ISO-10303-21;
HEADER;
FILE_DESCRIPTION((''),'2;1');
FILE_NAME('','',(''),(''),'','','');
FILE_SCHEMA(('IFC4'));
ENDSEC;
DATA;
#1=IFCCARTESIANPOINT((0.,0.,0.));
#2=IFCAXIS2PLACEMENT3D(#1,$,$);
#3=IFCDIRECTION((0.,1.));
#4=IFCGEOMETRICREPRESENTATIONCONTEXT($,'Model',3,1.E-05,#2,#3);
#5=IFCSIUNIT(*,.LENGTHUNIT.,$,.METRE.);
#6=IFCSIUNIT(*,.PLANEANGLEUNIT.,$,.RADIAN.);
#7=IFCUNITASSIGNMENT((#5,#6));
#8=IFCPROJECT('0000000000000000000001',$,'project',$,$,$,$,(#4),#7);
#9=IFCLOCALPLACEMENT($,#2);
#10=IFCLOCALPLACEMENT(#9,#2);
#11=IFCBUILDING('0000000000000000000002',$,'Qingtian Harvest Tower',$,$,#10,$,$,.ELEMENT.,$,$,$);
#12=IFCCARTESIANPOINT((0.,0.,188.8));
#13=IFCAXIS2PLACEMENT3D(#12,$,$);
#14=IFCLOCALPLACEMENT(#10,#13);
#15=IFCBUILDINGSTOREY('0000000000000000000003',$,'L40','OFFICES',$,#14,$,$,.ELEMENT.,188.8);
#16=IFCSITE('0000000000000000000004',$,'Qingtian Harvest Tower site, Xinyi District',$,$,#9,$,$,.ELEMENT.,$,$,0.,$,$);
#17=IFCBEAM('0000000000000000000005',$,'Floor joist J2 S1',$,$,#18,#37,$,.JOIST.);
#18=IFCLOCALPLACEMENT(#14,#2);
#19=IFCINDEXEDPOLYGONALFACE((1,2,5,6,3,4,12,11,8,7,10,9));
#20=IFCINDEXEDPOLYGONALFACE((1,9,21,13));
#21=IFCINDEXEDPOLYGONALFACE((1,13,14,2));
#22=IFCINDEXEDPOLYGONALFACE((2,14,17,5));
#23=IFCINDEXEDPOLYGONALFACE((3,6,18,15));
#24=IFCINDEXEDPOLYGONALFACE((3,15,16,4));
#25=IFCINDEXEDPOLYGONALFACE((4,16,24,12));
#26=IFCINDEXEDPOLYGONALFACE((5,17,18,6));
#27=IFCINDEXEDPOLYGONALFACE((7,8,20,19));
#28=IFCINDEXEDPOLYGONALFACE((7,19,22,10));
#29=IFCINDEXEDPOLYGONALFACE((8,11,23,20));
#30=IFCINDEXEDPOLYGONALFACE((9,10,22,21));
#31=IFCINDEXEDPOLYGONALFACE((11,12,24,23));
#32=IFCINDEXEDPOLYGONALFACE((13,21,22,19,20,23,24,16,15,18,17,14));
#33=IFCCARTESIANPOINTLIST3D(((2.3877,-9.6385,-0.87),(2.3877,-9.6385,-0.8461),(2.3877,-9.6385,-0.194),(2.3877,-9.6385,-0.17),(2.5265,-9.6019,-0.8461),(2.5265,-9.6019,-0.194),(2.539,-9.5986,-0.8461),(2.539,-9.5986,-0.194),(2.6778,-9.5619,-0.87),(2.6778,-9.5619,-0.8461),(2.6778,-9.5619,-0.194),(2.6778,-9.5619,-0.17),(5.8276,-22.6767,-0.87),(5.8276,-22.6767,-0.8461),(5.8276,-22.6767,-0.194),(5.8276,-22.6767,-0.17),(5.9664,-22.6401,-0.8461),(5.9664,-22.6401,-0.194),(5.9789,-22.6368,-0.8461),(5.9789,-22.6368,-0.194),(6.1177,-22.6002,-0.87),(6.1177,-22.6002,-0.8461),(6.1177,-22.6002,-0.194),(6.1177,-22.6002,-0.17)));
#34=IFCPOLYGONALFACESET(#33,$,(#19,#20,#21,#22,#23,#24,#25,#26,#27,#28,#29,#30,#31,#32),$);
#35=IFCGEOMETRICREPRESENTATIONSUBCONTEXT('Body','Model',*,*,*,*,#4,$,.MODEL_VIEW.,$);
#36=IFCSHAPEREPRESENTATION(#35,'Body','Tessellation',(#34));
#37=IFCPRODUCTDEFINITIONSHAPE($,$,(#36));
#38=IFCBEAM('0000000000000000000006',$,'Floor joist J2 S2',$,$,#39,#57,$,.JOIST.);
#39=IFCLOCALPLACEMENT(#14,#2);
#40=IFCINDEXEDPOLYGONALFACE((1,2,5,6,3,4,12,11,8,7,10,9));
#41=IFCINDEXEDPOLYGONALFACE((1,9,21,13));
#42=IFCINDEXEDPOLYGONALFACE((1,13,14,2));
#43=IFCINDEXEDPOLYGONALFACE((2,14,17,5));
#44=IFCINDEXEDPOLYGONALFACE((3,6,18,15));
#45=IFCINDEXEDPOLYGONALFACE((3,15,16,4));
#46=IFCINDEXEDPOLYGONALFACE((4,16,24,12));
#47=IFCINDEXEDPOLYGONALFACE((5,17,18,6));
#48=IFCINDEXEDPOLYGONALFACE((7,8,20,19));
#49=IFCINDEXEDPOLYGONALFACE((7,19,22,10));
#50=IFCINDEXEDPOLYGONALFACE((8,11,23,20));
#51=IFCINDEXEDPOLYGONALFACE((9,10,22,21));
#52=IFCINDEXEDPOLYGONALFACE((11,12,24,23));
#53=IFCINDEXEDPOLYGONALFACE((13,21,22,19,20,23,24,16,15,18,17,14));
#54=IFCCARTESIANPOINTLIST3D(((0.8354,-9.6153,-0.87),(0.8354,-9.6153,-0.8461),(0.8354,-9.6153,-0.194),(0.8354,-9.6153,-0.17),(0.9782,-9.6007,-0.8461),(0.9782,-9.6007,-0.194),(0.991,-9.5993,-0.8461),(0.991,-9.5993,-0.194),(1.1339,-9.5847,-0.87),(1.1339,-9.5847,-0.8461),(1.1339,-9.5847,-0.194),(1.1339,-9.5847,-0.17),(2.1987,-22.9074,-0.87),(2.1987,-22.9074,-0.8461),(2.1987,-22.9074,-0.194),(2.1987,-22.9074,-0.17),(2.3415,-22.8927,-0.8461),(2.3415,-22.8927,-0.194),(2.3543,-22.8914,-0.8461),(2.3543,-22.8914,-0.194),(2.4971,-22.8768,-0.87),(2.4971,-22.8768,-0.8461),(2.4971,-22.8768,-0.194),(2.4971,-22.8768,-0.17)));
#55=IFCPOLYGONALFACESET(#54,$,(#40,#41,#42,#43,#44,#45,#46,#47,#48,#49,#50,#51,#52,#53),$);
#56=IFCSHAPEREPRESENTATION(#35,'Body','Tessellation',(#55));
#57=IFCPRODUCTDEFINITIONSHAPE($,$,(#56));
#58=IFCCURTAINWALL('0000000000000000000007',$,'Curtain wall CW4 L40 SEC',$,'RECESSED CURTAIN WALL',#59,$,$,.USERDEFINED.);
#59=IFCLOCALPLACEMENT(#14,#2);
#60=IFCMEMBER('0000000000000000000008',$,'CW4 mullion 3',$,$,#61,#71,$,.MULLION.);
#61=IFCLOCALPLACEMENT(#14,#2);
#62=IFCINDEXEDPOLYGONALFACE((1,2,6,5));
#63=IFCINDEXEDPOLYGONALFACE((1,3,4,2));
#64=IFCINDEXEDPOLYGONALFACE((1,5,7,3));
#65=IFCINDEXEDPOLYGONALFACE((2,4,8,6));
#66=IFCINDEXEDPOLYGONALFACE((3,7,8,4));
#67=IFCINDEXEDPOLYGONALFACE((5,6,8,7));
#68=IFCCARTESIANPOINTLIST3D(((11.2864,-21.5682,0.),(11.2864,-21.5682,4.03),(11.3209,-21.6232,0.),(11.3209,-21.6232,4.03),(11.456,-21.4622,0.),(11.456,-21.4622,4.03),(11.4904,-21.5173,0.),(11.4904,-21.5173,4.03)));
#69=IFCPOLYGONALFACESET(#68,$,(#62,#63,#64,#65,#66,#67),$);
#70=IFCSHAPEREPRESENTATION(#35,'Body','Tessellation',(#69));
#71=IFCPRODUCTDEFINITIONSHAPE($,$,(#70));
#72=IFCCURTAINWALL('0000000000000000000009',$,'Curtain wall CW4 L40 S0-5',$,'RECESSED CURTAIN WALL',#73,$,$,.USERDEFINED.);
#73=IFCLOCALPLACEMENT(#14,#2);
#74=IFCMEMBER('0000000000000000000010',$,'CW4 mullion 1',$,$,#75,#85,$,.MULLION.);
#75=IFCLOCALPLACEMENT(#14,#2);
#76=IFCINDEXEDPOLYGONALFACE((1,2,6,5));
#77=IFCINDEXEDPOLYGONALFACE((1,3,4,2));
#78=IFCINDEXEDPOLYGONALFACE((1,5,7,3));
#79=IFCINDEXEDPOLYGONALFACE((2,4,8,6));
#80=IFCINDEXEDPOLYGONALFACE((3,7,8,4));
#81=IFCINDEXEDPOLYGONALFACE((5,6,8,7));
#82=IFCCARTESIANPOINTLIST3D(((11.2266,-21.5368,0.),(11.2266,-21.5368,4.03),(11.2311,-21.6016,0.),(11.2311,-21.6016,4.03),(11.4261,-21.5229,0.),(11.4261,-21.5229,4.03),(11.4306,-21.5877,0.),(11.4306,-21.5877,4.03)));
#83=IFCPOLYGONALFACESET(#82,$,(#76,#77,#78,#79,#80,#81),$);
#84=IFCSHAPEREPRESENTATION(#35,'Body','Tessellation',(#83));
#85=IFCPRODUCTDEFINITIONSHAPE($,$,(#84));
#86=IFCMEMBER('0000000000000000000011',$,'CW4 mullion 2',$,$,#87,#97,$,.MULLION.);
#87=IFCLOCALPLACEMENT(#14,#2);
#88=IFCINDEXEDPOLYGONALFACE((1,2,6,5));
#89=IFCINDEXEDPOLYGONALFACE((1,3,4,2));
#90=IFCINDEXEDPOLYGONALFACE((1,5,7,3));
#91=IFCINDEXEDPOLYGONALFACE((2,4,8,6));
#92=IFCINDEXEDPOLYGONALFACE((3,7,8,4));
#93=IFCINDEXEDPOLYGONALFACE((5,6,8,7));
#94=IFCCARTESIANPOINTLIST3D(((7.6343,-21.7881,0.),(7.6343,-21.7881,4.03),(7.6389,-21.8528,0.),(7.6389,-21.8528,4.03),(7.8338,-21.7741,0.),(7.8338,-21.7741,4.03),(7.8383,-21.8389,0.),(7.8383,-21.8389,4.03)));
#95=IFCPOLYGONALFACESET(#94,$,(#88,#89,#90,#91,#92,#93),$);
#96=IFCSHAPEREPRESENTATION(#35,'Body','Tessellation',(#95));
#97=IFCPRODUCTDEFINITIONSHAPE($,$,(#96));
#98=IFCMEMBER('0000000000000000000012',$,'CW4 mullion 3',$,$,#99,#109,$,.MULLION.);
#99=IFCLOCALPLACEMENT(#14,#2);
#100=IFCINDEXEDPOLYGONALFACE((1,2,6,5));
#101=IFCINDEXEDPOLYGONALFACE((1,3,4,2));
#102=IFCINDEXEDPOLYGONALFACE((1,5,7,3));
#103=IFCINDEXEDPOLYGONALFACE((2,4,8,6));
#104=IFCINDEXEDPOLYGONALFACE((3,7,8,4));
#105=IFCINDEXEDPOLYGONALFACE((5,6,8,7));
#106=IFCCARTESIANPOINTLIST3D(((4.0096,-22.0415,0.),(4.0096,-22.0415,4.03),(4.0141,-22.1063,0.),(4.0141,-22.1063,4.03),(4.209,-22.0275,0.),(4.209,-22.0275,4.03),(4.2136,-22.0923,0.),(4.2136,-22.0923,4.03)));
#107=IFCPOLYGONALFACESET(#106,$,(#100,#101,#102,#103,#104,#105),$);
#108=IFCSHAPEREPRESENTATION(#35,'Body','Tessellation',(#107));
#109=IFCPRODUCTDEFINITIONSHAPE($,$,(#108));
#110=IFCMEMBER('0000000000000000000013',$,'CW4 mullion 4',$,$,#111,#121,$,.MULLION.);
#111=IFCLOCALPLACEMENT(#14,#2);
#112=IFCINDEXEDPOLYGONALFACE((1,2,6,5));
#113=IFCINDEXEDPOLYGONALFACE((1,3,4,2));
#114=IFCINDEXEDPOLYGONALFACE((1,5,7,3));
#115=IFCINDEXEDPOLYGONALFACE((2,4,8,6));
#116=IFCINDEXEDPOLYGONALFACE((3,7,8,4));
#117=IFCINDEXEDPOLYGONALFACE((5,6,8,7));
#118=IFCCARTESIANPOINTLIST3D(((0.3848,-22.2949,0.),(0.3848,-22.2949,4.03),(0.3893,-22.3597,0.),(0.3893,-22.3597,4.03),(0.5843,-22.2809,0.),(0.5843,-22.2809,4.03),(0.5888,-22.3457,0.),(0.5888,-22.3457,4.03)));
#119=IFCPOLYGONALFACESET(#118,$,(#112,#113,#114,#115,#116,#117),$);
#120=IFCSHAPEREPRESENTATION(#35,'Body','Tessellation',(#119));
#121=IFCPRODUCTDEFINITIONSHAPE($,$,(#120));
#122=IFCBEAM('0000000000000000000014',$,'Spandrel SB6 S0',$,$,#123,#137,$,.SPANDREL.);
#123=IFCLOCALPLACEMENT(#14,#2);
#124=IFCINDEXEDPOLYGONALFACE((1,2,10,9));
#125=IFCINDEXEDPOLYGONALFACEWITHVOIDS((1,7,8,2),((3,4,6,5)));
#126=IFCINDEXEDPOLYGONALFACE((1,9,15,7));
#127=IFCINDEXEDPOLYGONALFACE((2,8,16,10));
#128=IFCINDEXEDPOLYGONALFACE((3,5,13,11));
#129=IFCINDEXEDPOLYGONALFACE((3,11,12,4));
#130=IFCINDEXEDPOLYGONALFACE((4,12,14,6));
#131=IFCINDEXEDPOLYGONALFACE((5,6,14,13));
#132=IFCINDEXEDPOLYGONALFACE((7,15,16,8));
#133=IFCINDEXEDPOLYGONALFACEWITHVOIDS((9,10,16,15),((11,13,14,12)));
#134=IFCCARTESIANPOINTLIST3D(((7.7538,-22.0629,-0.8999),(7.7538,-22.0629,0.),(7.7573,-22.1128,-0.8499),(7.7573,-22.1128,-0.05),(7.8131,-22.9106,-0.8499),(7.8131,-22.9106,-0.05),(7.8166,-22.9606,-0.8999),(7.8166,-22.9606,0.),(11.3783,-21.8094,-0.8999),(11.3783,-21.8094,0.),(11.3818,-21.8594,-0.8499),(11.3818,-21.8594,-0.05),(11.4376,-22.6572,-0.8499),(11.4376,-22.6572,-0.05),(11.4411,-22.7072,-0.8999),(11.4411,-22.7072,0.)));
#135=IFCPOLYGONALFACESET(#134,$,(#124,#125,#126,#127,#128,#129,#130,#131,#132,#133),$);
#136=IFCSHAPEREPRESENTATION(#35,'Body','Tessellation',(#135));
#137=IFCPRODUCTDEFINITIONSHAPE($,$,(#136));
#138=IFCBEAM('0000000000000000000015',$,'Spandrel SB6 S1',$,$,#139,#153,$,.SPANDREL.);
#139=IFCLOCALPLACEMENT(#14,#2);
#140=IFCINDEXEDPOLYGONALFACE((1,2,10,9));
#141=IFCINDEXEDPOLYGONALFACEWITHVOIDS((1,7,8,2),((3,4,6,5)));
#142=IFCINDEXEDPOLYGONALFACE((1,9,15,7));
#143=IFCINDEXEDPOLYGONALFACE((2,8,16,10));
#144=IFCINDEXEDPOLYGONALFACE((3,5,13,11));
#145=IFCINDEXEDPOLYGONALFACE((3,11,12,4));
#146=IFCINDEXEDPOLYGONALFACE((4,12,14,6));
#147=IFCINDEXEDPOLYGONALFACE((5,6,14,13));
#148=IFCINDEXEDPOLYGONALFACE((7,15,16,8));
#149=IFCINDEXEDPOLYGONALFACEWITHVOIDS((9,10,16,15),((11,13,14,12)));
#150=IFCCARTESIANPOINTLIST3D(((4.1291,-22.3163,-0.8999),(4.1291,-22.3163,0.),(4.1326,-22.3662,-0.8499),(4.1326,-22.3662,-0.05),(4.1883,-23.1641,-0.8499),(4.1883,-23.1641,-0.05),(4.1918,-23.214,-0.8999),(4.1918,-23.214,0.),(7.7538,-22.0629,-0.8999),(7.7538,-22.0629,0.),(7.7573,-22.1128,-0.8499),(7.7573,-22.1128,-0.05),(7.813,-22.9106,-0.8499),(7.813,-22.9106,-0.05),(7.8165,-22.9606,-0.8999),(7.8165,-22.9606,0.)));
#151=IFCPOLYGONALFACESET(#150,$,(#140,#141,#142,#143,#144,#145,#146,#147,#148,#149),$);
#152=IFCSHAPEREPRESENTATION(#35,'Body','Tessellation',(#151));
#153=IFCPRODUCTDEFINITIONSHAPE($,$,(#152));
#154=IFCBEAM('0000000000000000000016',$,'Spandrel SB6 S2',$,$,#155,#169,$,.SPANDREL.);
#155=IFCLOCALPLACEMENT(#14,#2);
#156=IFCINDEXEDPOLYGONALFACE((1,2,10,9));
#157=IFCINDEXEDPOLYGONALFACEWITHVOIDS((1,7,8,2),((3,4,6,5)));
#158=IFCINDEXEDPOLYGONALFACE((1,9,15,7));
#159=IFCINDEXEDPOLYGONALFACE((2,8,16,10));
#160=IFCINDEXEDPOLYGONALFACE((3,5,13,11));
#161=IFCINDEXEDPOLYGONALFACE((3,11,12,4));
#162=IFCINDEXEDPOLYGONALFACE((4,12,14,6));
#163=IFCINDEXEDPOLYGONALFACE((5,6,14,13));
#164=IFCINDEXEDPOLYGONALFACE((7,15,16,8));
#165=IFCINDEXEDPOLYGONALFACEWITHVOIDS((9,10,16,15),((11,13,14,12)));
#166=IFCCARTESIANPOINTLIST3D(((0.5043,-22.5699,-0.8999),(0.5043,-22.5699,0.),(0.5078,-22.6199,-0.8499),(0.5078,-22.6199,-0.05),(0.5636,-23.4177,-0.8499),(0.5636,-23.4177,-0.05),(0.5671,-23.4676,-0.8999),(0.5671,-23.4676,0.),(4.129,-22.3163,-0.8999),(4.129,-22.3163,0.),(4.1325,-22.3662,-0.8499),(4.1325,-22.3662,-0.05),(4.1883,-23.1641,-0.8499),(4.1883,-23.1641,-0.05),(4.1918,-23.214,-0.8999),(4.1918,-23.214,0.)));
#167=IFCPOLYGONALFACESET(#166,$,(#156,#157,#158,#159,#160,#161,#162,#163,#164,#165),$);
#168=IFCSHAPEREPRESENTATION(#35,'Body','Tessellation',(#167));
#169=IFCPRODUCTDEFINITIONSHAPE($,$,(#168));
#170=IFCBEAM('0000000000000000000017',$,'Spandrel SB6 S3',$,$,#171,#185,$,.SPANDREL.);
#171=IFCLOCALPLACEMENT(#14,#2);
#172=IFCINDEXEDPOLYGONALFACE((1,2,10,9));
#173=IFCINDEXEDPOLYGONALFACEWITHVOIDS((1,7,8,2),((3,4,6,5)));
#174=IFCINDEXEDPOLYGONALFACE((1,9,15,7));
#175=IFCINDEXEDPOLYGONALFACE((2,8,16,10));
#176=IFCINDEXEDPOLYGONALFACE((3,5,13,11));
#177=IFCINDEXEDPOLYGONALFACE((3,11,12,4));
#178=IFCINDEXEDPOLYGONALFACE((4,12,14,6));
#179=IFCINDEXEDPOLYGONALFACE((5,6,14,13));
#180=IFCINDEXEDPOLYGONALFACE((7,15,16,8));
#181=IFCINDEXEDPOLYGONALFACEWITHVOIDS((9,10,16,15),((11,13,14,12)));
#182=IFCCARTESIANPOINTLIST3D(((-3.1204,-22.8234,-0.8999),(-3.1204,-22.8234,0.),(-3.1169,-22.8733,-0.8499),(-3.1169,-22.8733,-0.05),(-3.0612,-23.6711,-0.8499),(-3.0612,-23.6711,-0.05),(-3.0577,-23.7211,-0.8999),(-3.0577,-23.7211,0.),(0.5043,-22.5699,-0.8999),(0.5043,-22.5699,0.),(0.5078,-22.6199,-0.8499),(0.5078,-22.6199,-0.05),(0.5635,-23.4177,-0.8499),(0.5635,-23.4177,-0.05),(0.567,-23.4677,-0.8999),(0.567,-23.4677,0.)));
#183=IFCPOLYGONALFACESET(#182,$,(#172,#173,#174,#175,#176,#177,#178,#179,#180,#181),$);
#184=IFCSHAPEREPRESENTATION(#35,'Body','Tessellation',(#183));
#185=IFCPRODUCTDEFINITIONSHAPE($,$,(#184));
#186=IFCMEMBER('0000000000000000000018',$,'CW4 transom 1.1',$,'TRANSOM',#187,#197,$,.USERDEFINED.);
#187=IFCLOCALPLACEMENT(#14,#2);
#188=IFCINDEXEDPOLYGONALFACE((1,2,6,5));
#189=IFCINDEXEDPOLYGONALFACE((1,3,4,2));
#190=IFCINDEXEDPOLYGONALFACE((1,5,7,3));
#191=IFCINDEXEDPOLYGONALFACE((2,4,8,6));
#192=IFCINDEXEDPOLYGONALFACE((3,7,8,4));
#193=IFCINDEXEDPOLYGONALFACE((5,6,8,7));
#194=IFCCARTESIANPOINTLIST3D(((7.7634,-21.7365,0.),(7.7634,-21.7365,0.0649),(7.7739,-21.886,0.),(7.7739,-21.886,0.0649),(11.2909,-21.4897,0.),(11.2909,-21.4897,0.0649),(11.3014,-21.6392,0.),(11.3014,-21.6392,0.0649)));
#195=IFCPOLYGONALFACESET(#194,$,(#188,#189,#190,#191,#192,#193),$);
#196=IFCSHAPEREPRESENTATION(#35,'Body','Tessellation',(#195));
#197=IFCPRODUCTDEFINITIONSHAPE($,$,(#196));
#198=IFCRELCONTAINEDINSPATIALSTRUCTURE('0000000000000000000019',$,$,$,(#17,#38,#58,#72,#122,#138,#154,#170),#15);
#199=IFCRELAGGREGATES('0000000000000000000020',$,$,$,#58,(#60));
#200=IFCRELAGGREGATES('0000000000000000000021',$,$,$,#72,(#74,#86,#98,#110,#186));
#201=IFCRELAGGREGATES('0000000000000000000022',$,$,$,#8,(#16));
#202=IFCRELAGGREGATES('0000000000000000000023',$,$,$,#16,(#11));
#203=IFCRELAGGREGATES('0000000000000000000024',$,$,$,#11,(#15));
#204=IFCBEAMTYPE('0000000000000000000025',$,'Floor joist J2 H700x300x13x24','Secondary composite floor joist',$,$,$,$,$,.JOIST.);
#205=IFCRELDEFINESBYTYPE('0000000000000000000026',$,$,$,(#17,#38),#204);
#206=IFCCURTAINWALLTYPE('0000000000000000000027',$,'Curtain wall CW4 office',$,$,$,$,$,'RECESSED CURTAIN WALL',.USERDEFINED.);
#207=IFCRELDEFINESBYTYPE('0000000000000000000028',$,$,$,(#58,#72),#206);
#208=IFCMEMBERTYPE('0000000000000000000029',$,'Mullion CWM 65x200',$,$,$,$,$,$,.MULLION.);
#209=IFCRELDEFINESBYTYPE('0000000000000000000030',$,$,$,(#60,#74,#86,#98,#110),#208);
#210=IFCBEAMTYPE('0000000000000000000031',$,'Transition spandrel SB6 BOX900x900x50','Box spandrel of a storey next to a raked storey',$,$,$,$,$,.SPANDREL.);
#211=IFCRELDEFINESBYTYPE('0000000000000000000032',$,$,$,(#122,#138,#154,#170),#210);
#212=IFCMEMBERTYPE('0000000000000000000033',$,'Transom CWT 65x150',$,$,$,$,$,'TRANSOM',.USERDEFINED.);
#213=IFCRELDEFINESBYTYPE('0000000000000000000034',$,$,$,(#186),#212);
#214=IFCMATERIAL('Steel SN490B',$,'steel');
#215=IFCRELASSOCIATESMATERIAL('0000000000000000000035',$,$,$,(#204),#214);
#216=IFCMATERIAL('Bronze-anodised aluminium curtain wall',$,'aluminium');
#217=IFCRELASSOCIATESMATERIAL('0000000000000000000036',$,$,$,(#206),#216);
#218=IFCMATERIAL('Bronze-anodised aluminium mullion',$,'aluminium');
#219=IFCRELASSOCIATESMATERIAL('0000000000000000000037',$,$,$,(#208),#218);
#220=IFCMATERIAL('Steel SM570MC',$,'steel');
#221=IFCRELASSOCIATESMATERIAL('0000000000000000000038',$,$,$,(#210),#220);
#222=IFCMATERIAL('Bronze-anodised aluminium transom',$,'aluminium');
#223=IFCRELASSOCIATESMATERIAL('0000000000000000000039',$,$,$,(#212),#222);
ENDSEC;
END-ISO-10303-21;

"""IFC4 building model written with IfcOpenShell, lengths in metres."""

from ifc_helpers import new_model, si_unit, direction, frame, origin, origin_2d, place, context, subcontext, project, spatial, rectangle, hollow_rectangle, i_section, extrude, material, material_profile, profile_set, type_object, element, aggregate, save


model = new_model("IFC4")

# Units and contexts
model_context = context("Model", 3, precision=1e-05, world=origin(), true_north=direction((0.0, 1.0)))
body_context = subcontext(model_context, "Body", "Model", "MODEL_VIEW")
ifc_project = project(units=[si_unit("LENGTHUNIT", "METRE"), si_unit("PLANEANGLEUNIT", "RADIAN")], contexts=[model_context])

# Site, building, storey
site_placement = place(None, origin())
site = spatial("IfcSite", under=ifc_project, at=site_placement, Name="Qingtian Harvest Tower site, Xinyi District", CompositionType="ELEMENT", RefElevation=0.0)
building_placement = place(site_placement, origin())
building = spatial("IfcBuilding", under=site, at=building_placement, Name="Qingtian Harvest Tower", CompositionType="ELEMENT")
storey_placement = place(building_placement, frame((0.0, 0.0, 188.8)))
storey = spatial("IfcBuildingStorey", under=building, at=storey_placement, Name="L40", Description="OFFICES", CompositionType="ELEMENT", Elevation=188.8)

# Beams
ifc_material_1 = material(Name="Steel SN490B", Category="steel")
ifc_material_profile_1 = material_profile(ifc_material_1, i_section(OverallWidth=0.3, OverallDepth=0.7, WebThickness=0.0129, FlangeThickness=0.0239, at=origin_2d()), Name="H700x300x13x24")
ifc_profile_set_1 = profile_set([ifc_material_profile_1], Name="Steel SN490B")
beam_type_1 = type_object("IfcBeamType", Name="Floor joist J2 H700x300x13x24", Description="Secondary composite floor joist", PredefinedType="JOIST", material=ifc_profile_set_1)
beam_1_placement = place(storey_placement, frame((5.9727, -22.6384, -0.52), z_axis=(-0.255104, 0.966914, 0.0), x_axis=(-0.966914, -0.255104, 0.0)))
element("IfcBeam", 1, at=beam_1_placement, inside=storey, type_object=beam_type_1, Name="Floor joist J2 S1", PredefinedType="JOIST", context=body_context, shape_type="SweptSolid", body=[
    extrude(i_section(OverallWidth=0.3, OverallDepth=0.7, WebThickness=0.0129, FlangeThickness=0.0239, at=origin_2d()), origin(), (0.0, 0.0, 1.0), 13.4844),
])
beam_2_placement = place(storey_placement, frame((2.3479, -22.8921, -0.52), z_axis=(-0.102029, 0.994781, 0.0), x_axis=(-0.994781, -0.102029, 0.0)))
element("IfcBeam", 2, at=beam_2_placement, inside=storey, type_object=beam_type_1, Name="Floor joist J2 S2", PredefinedType="JOIST", context=body_context, shape_type="SweptSolid", body=[
    extrude(i_section(OverallWidth=0.3, OverallDepth=0.7, WebThickness=0.0129, FlangeThickness=0.0239, at=origin_2d()), origin(), (0.0, 0.0, 1.0), 13.3618),
])

# Curtain wall, member
ifc_material_2 = material(Name="Bronze-anodised aluminium curtain wall", Category="aluminium")
curtain_wall_type = type_object("IfcCurtainWallType", Name="Curtain wall CW4 office", ElementType="RECESSED CURTAIN WALL", PredefinedType="USERDEFINED", material=ifc_material_2)
curtain_wall_1_placement = place(storey_placement, origin())
curtain_wall_1 = element("IfcCurtainWall", 3, at=curtain_wall_1_placement, inside=storey, type_object=curtain_wall_type, Name="Curtain wall CW4 L40 SEC", ObjectType="RECESSED CURTAIN WALL", PredefinedType="USERDEFINED")
ifc_material_3 = material(Name="Bronze-anodised aluminium mullion", Category="aluminium")
ifc_material_profile_2 = material_profile(ifc_material_3, rectangle(XDim=0.0649, YDim=0.2, at=origin_2d()), Name="AL 65x200")
ifc_profile_set_2 = profile_set([ifc_material_profile_2], Name="Bronze-anodised aluminium mullion")
member_type_1 = type_object("IfcMemberType", Name="Mullion CWM 65x200", PredefinedType="MULLION", material=ifc_profile_set_2)
member_1_placement = place(storey_placement, frame((11.3884, -21.5427, 0.0), z_axis=(0.0, 0.0, 1.0), x_axis=(0.529919, -0.848048, 0.0)))
member_1 = element("IfcMember", 4, at=member_1_placement, type_object=member_type_1, Name="CW4 mullion 3", PredefinedType="MULLION", context=body_context, shape_type="SweptSolid", body=[
    extrude(rectangle(XDim=0.0649, YDim=0.2, at=origin_2d()), origin(), (0.0, 0.0, 1.0), 4.03),
])
aggregate(curtain_wall_1, [member_1])

# Curtain wall, members
curtain_wall_2_placement = place(storey_placement, origin())
curtain_wall_2 = element("IfcCurtainWall", 5, at=curtain_wall_2_placement, inside=storey, type_object=curtain_wall_type, Name="Curtain wall CW4 L40 S0-5", ObjectType="RECESSED CURTAIN WALL", PredefinedType="USERDEFINED")
member_2_placement = place(storey_placement, frame((11.3286, -21.5623, 0.0), z_axis=(0.0, 0.0, 1.0), x_axis=(0.069756, -0.997564, 0.0)))
member_2 = element("IfcMember", 6, at=member_2_placement, type_object=member_type_1, Name="CW4 mullion 1", PredefinedType="MULLION", context=body_context, shape_type="SweptSolid", body=[
    extrude(rectangle(XDim=0.0649, YDim=0.2, at=origin_2d()), origin(), (0.0, 0.0, 1.0), 4.03),
])
member_3_placement = place(storey_placement, frame((7.7363, -21.8135, 0.0), z_axis=(0.0, 0.0, 1.0), x_axis=(0.069756, -0.997564, 0.0)))
member_3 = element("IfcMember", 7, at=member_3_placement, type_object=member_type_1, Name="CW4 mullion 2", PredefinedType="MULLION", context=body_context, shape_type="SweptSolid", body=[
    extrude(rectangle(XDim=0.0649, YDim=0.2, at=origin_2d()), origin(), (0.0, 0.0, 1.0), 4.03),
])
member_4_placement = place(storey_placement, frame((4.1116, -22.0669, 0.0), z_axis=(0.0, 0.0, 1.0), x_axis=(0.069756, -0.997564, 0.0)))
member_4 = element("IfcMember", 8, at=member_4_placement, type_object=member_type_1, Name="CW4 mullion 3", PredefinedType="MULLION", context=body_context, shape_type="SweptSolid", body=[
    extrude(rectangle(XDim=0.0649, YDim=0.2, at=origin_2d()), origin(), (0.0, 0.0, 1.0), 4.03),
])
member_5_placement = place(storey_placement, frame((0.4868, -22.3203, 0.0), z_axis=(0.0, 0.0, 1.0), x_axis=(0.069756, -0.997564, 0.0)))
member_5 = element("IfcMember", 9, at=member_5_placement, type_object=member_type_1, Name="CW4 mullion 4", PredefinedType="MULLION", context=body_context, shape_type="SweptSolid", body=[
    extrude(rectangle(XDim=0.0649, YDim=0.2, at=origin_2d()), origin(), (0.0, 0.0, 1.0), 4.03),
])

# Beams
ifc_material_4 = material(Name="Steel SM570MC", Category="steel")
ifc_material_profile_3 = material_profile(ifc_material_4, hollow_rectangle(XDim=0.8999, YDim=0.8999, WallThickness=0.05, at=origin_2d()), Name="BOX900x900x50")
ifc_profile_set_3 = profile_set([ifc_material_profile_3], Name="Steel SM570MC")
beam_type_2 = type_object("IfcBeamType", Name="Transition spandrel SB6 BOX900x900x50", Description="Box spandrel of a storey next to a raked storey", PredefinedType="SPANDREL", material=ifc_profile_set_3)
beam_3_placement = place(storey_placement, frame((11.4097, -22.2583, -0.45), z_axis=(-0.997565, -0.069748, 0.0), x_axis=(0.069748, -0.997565, 0.0)))
element("IfcBeam", 10, at=beam_3_placement, inside=storey, type_object=beam_type_2, Name="Spandrel SB6 S0", PredefinedType="SPANDREL", context=body_context, shape_type="SweptSolid", body=[
    extrude(hollow_rectangle(XDim=0.8999, YDim=0.8999, WallThickness=0.05, at=origin_2d()), origin(), (0.0, 0.0, 1.0), 3.6333),
])
for number, where, z_axis, x_axis, name in (
    (11, (7.7852, -22.5117, -0.45), (-0.997565, -0.069743, 0.0), (0.069743, -0.997565, 0.0), "Spandrel SB6 S1"),
    (12, (4.1604, -22.7651, -0.45), (-0.99756, -0.06981, 0.0), (0.06981, -0.99756, 0.0), "Spandrel SB6 S2"),
    (13, (0.5356, -23.0188, -0.45), (-0.997565, -0.069743, 0.0), (0.069743, -0.997565, 0.0), "Spandrel SB6 S3"),
):
    element("IfcBeam", number, at=place(storey_placement, frame(where, z_axis=z_axis, x_axis=x_axis)), inside=storey, type_object=beam_type_2, Name=name, PredefinedType="SPANDREL", context=body_context, shape_type="SweptSolid", body=[
        extrude(hollow_rectangle(XDim=0.8999, YDim=0.8999, WallThickness=0.05, at=origin_2d()), origin(), (0.0, 0.0, 1.0), 3.6335),
    ])

# Member
ifc_material_5 = material(Name="Bronze-anodised aluminium transom", Category="aluminium")
ifc_material_profile_4 = material_profile(ifc_material_5, rectangle(XDim=0.1499, YDim=0.0649, at=origin_2d()), Name="AL 65x150")
ifc_profile_set_4 = profile_set([ifc_material_profile_4], Name="Bronze-anodised aluminium transom")
member_type_2 = type_object("IfcMemberType", Name="Transom CWT 65x150", ElementType="TRANSOM", PredefinedType="USERDEFINED", material=ifc_profile_set_4)
member_6_placement = place(storey_placement, frame((11.2961, -21.5645, 0.0325), z_axis=(-0.997561, -0.0698, 0.0), x_axis=(0.0698, -0.997561, 0.0)))
member_6 = element("IfcMember", 14, at=member_6_placement, type_object=member_type_2, Name="CW4 transom 1.1", ObjectType="TRANSOM", PredefinedType="USERDEFINED", context=body_context, shape_type="SweptSolid", body=[
    extrude(rectangle(XDim=0.1499, YDim=0.0649, at=origin_2d()), origin(), (0.0, 0.0, 1.0), 3.5361),
])

aggregate(curtain_wall_2, [member_2, member_3, member_4, member_5, member_6])

save(model, "model.ifc")
